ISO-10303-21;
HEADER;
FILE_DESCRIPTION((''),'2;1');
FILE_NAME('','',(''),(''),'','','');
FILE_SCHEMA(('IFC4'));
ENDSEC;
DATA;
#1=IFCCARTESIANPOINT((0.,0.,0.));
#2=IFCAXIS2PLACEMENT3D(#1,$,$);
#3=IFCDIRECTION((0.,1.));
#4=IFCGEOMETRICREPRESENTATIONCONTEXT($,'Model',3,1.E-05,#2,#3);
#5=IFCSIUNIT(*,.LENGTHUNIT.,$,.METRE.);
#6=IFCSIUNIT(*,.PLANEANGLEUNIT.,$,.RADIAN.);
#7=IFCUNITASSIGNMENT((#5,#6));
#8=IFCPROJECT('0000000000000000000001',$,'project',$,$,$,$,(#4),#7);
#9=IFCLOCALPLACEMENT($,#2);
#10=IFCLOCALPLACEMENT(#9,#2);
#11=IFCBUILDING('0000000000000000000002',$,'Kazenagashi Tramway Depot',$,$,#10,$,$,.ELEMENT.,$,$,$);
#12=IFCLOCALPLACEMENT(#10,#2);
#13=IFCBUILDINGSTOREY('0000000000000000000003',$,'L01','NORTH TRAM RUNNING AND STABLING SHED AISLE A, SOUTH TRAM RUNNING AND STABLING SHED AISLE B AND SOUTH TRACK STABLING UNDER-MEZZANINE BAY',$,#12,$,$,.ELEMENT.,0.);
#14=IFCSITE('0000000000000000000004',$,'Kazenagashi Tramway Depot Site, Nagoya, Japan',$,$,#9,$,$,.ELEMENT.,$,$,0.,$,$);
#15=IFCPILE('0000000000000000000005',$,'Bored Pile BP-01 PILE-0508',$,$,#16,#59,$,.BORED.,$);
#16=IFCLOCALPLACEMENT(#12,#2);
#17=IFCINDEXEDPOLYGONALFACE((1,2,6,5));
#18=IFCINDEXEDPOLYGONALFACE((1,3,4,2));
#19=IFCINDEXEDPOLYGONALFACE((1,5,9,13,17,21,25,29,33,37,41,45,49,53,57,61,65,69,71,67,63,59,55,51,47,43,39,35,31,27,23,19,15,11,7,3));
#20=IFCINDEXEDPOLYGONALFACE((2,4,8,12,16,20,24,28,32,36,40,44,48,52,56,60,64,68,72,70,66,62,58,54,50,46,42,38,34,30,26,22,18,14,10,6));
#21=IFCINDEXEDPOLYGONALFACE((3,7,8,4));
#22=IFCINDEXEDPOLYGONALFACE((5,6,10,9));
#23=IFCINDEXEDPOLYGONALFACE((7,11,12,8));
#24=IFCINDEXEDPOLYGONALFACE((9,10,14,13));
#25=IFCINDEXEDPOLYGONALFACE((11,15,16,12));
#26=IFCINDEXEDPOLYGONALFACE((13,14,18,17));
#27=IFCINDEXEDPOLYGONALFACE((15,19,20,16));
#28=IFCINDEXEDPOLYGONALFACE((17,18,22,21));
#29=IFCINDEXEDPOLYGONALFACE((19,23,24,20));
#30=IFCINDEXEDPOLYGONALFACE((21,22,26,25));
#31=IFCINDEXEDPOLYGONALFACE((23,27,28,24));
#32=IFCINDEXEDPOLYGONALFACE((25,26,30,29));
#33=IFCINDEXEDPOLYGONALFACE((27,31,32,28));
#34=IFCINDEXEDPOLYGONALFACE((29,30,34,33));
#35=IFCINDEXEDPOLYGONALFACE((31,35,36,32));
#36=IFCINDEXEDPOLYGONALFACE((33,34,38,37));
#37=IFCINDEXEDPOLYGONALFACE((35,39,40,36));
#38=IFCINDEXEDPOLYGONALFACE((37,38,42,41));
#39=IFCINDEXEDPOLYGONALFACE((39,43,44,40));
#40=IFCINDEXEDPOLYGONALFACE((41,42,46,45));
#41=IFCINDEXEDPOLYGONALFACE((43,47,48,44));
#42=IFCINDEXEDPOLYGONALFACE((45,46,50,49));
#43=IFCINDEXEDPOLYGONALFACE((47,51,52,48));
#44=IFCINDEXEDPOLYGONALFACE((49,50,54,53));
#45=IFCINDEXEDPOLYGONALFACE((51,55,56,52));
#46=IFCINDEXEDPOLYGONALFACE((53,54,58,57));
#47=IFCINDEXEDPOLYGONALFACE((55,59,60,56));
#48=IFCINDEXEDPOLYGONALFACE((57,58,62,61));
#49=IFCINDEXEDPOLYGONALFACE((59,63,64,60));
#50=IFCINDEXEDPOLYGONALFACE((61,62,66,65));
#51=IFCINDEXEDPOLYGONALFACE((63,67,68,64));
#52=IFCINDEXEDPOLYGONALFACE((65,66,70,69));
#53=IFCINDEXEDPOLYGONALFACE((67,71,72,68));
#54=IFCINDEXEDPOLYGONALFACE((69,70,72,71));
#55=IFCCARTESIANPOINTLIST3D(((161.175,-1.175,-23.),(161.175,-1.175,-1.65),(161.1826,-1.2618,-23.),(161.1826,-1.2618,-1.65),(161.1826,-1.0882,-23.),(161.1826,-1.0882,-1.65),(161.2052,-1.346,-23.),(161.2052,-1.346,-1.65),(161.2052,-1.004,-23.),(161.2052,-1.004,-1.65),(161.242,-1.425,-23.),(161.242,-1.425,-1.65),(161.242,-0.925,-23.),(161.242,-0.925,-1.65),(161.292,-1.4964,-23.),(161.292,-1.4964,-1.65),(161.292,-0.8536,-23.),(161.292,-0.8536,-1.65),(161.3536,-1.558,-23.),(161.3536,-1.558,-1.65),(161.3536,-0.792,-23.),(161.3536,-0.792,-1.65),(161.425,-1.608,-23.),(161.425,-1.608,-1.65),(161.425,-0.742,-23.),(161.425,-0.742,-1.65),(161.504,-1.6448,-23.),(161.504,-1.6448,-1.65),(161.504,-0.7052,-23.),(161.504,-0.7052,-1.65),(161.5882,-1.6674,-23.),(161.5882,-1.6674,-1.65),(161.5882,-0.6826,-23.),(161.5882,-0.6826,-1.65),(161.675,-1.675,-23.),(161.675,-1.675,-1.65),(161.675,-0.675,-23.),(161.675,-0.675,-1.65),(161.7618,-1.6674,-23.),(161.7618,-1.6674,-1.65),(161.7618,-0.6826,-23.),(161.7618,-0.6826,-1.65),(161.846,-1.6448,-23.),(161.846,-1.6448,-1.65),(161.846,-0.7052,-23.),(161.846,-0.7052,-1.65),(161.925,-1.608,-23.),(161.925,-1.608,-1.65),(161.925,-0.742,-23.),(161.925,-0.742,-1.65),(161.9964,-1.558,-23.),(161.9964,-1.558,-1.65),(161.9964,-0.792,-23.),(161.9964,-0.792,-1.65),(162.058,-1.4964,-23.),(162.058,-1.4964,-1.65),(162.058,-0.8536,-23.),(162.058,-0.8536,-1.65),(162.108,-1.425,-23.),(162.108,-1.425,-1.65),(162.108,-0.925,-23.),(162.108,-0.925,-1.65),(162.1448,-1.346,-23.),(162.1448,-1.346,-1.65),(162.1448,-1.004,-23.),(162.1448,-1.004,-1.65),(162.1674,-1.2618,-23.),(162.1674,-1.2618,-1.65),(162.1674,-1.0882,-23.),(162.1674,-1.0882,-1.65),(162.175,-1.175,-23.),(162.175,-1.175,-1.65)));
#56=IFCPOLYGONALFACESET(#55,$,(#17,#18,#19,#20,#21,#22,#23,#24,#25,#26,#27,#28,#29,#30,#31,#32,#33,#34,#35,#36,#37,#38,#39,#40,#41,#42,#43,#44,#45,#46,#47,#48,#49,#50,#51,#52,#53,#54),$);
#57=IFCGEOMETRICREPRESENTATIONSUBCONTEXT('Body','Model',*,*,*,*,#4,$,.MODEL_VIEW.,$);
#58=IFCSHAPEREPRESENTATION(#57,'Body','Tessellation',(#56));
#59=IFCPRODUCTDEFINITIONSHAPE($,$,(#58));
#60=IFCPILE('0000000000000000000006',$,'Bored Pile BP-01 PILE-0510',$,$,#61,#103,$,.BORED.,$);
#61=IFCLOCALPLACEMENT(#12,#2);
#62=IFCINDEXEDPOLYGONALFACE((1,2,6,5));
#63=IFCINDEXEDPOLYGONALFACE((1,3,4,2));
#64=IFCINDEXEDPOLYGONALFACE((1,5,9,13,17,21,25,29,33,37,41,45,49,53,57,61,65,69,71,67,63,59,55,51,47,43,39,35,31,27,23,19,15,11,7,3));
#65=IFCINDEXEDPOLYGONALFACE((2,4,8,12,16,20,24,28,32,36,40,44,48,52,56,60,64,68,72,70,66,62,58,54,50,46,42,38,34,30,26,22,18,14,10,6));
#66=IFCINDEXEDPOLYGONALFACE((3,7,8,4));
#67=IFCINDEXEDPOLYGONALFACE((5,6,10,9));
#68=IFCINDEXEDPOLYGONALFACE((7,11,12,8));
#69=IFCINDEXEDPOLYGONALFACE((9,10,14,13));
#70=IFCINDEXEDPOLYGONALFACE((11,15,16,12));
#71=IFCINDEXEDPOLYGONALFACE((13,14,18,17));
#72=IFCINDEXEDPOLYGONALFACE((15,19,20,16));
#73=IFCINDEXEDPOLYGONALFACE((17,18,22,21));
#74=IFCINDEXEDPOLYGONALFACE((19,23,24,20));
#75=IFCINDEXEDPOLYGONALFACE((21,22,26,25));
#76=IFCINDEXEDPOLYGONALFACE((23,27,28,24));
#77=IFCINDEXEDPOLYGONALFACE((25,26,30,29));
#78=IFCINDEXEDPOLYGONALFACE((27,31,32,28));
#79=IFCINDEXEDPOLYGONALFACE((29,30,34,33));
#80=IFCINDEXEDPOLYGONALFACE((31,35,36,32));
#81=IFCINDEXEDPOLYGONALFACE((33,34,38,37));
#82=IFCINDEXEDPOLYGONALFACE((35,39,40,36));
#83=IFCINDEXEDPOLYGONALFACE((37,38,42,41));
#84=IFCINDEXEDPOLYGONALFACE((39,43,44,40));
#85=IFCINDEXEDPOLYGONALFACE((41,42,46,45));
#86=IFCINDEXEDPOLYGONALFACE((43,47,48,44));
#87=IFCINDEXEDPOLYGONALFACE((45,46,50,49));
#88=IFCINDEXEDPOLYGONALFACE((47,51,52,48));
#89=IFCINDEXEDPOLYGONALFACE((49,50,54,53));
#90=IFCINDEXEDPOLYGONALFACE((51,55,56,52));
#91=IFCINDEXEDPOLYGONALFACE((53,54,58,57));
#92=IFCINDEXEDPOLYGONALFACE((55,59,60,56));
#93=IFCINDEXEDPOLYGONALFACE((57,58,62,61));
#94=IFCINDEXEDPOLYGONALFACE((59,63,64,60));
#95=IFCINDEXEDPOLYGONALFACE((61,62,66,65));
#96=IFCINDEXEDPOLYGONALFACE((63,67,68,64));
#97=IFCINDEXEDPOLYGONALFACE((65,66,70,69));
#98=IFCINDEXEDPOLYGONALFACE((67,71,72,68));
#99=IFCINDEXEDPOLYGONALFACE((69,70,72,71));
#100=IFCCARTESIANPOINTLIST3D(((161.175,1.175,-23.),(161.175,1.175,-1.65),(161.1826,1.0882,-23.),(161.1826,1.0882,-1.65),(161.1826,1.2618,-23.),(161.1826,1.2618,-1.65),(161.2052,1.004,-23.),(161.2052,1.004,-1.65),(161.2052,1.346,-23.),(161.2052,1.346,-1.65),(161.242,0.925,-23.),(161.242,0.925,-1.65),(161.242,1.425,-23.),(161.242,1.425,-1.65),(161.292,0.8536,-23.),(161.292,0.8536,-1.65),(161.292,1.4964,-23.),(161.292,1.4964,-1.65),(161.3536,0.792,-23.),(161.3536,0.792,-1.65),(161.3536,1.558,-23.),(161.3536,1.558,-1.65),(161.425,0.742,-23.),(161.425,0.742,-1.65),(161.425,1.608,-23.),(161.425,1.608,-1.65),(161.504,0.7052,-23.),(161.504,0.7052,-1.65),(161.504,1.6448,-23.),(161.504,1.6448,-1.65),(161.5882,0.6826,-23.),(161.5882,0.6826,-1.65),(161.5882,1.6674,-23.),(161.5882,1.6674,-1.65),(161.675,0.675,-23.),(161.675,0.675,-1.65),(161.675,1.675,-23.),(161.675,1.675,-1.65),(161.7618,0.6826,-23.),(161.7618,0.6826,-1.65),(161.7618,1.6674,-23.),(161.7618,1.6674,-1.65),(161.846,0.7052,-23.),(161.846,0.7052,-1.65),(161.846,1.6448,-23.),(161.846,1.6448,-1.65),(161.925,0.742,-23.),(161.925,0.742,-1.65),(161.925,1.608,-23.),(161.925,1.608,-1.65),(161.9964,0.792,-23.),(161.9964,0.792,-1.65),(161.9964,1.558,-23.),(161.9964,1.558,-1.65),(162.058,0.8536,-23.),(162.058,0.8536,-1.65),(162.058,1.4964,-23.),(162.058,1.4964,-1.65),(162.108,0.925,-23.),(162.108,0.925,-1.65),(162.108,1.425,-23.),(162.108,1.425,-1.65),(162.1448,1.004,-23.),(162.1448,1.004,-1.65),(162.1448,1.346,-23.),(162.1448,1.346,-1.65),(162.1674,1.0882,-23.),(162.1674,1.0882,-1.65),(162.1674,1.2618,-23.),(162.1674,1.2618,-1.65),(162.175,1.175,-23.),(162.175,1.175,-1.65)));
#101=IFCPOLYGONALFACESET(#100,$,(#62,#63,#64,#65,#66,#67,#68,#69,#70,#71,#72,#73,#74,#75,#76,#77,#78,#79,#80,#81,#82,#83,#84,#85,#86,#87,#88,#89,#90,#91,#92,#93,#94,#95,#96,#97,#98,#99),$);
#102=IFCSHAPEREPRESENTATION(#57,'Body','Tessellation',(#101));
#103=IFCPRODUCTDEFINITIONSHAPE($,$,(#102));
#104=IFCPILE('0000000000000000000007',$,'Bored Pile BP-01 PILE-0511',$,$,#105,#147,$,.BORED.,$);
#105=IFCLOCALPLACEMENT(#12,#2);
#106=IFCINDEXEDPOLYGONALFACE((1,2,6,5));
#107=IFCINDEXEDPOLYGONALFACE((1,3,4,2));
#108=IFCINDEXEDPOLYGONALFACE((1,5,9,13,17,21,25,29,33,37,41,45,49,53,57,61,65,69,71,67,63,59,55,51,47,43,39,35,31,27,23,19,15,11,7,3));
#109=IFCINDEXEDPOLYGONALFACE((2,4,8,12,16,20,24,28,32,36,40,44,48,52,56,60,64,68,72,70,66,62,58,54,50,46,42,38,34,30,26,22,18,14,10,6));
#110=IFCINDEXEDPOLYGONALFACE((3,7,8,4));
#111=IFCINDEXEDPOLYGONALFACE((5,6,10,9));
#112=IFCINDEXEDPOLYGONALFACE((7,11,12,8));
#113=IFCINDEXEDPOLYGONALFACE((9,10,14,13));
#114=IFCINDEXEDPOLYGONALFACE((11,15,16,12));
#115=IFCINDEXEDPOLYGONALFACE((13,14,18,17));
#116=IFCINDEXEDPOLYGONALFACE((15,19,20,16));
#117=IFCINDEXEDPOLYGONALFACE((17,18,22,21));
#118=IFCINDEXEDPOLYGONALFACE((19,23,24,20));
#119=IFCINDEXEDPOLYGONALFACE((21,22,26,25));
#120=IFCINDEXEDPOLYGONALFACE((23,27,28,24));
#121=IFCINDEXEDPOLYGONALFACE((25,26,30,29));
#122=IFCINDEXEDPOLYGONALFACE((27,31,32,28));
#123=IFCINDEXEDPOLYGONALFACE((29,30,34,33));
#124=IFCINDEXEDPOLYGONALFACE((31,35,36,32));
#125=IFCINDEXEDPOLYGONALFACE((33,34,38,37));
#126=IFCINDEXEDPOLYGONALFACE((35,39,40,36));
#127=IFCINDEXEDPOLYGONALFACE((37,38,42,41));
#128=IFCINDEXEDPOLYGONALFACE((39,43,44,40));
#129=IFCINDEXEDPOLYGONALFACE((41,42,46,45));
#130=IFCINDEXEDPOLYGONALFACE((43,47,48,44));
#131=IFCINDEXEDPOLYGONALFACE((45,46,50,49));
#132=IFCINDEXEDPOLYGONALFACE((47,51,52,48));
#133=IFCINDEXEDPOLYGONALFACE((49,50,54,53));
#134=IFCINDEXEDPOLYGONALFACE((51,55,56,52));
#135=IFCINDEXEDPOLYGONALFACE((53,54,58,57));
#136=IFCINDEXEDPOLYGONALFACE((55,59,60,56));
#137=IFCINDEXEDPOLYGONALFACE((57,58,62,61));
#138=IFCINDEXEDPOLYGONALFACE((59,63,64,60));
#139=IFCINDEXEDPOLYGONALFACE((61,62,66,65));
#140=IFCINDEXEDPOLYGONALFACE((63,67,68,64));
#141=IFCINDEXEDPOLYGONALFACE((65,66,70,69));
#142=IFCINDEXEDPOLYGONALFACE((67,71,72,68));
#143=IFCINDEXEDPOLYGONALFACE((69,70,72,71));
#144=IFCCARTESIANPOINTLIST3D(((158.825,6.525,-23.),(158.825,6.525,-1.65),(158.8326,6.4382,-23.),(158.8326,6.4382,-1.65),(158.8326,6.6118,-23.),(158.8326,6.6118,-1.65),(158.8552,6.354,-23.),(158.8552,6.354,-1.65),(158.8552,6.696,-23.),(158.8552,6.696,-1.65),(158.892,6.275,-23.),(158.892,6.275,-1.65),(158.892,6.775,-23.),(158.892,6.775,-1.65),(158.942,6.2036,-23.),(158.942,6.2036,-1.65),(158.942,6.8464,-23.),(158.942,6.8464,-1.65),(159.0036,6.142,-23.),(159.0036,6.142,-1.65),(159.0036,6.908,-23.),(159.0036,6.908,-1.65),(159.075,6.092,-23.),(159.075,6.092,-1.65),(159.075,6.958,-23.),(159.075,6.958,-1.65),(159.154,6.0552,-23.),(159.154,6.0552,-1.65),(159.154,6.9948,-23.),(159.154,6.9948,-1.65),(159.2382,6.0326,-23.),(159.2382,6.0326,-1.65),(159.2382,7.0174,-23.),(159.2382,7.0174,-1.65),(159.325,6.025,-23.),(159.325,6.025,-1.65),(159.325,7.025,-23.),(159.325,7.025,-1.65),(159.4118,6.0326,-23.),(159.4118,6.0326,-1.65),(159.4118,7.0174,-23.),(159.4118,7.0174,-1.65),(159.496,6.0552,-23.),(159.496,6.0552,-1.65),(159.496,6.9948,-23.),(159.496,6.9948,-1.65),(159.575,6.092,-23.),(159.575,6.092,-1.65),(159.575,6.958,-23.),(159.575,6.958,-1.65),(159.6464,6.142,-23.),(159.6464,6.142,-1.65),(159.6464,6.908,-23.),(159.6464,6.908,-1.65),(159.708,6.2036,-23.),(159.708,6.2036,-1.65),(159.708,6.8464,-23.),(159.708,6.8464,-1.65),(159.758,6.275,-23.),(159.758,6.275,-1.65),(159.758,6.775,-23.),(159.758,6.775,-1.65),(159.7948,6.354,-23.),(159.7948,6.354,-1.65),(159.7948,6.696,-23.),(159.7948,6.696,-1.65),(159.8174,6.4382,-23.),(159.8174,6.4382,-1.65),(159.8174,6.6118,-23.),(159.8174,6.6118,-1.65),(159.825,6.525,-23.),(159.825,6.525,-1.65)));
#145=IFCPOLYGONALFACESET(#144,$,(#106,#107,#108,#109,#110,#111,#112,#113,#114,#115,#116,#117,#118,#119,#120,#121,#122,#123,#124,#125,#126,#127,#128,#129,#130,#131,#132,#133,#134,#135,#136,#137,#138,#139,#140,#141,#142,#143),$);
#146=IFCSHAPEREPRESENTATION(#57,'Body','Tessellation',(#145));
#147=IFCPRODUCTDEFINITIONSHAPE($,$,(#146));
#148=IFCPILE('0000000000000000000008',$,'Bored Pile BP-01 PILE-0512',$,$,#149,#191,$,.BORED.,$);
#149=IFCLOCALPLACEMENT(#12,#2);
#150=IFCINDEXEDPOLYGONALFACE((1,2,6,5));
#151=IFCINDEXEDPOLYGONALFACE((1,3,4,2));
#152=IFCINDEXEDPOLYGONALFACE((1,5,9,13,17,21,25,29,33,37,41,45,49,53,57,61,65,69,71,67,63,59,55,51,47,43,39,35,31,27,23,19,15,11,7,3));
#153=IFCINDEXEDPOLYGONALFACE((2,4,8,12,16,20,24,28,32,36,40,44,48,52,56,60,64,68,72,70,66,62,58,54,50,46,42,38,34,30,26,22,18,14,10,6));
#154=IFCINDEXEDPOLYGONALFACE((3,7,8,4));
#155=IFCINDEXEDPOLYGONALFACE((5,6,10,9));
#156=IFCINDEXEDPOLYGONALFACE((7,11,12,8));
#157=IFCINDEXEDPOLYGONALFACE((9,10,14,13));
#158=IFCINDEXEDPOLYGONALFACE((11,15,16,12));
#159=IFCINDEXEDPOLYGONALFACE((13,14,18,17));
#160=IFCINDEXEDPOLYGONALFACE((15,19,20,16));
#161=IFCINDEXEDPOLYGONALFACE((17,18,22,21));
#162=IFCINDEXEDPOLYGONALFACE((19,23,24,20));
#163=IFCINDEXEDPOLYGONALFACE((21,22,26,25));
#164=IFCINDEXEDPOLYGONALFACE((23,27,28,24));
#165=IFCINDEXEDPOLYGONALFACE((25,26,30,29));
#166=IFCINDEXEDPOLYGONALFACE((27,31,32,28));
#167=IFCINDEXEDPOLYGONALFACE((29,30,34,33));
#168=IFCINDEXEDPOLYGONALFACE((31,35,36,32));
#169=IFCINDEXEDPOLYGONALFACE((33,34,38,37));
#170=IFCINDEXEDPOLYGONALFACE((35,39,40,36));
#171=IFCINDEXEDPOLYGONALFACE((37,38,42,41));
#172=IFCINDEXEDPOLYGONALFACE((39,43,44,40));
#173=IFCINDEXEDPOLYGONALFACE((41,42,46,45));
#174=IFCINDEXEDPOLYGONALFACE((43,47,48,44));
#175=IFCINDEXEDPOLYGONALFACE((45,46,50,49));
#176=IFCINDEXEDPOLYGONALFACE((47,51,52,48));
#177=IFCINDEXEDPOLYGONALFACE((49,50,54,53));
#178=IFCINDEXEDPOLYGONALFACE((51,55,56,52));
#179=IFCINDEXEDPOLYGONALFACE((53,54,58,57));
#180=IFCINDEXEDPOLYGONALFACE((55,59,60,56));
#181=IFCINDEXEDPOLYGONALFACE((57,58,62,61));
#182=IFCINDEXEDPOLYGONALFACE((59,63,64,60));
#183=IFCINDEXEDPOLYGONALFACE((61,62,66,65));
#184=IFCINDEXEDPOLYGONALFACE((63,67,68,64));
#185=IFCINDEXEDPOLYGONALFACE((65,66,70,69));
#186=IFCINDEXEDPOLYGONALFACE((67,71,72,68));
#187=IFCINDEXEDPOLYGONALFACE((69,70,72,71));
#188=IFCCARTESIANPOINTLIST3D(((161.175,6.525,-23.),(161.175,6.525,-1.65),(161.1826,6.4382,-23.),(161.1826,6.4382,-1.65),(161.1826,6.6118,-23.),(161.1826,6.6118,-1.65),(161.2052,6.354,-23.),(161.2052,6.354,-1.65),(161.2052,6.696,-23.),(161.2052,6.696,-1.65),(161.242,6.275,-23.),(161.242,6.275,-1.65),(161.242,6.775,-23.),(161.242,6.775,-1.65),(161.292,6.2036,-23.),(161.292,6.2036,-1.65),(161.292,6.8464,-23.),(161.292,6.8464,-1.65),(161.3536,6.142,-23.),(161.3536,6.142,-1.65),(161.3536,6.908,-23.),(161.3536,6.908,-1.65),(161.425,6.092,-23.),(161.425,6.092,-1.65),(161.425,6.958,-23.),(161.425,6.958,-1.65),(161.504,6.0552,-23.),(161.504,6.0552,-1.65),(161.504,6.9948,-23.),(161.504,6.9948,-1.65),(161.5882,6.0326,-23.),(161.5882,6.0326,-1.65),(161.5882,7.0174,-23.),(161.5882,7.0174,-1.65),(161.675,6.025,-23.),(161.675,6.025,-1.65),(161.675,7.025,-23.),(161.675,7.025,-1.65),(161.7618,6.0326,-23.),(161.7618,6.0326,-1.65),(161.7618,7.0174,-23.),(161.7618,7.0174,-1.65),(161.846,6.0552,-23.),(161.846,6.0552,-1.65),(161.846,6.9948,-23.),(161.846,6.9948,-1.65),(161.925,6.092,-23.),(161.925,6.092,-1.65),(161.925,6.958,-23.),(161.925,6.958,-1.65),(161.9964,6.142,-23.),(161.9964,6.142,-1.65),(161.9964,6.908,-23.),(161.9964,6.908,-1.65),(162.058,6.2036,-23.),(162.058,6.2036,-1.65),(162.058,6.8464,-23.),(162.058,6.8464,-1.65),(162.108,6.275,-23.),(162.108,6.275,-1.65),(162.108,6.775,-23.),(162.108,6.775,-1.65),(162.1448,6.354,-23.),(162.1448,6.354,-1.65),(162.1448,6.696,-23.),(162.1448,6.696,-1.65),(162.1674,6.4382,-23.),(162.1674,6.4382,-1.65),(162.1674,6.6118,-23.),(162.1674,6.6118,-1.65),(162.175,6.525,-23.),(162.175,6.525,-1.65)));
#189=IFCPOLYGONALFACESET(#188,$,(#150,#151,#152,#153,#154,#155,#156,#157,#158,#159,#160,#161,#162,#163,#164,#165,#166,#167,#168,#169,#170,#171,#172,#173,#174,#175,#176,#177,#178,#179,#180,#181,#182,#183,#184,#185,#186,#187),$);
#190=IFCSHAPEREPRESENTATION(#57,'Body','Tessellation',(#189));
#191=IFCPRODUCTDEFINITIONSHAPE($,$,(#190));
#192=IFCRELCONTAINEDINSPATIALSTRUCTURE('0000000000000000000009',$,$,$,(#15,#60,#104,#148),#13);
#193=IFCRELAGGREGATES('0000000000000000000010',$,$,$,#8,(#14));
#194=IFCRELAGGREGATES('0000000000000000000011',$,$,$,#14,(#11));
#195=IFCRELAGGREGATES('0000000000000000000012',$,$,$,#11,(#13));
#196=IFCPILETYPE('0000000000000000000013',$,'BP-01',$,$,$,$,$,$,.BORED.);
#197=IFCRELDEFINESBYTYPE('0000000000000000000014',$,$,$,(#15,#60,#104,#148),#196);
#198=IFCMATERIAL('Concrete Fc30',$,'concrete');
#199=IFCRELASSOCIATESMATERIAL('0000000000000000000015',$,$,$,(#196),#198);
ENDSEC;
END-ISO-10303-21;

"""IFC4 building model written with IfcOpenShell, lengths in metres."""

from ifc_helpers import new_model, si_unit, direction, frame, origin, origin_2d, place, context, subcontext, project, spatial, circle, extrude, material, material_profile, profile_set, type_object, element, save


model = new_model("IFC4")

# Units and contexts
model_context = context("Model", 3, precision=1e-05, world=origin(), true_north=direction((0.0, 1.0)))
body_context = subcontext(model_context, "Body", "Model", "MODEL_VIEW")
ifc_project = project(units=[si_unit("LENGTHUNIT", "METRE"), si_unit("PLANEANGLEUNIT", "RADIAN")], contexts=[model_context])

# Site, building, storey
site_placement = place(None, origin())
site = spatial("IfcSite", under=ifc_project, at=site_placement, Name="Kazenagashi Tramway Depot Site, Nagoya, Japan", CompositionType="ELEMENT", RefElevation=0.0)
building_placement = place(site_placement, origin())
building = spatial("IfcBuilding", under=site, at=building_placement, Name="Kazenagashi Tramway Depot", CompositionType="ELEMENT")
storey_placement = place(building_placement, origin())
storey = spatial("IfcBuildingStorey", under=building, at=storey_placement, Name="L01", Description="NORTH TRAM RUNNING AND STABLING SHED AISLE A, SOUTH TRAM RUNNING AND STABLING SHED AISLE B AND SOUTH TRACK STABLING UNDER-MEZZANINE BAY", CompositionType="ELEMENT", Elevation=0.0)

# Piles
ifc_material_1 = material(Name="Concrete Fc30", Category="concrete")
ifc_material_profile_1 = material_profile(ifc_material_1, circle(Radius=0.5, at=origin_2d()), Name="PILE-1000")
ifc_profile_set_1 = profile_set([ifc_material_profile_1], Name="Concrete Fc30")
pile_type = type_object("IfcPileType", Name="BP-01", PredefinedType="BORED", material=ifc_profile_set_1)
for number, where, z_axis, x_axis, name in (
    (1, (161.675, -1.175, -1.65), (0.0, 0.0, -1.0), (1.0, 0.0, 0.0), "Bored Pile BP-01 PILE-0508"),
    (2, (161.675, 1.175, -1.65), (0.0, 0.0, -1.0), (1.0, 0.0, 0.0), "Bored Pile BP-01 PILE-0510"),
    (3, (159.325, 6.525, -1.65), (0.0, 0.0, -1.0), (1.0, 0.0, 0.0), "Bored Pile BP-01 PILE-0511"),
    (4, (161.675, 6.525, -1.65), (0.0, 0.0, -1.0), (1.0, 0.0, 0.0), "Bored Pile BP-01 PILE-0512"),
):
    element("IfcPile", number, at=place(storey_placement, frame(where, z_axis=z_axis, x_axis=x_axis)), inside=storey, type_object=pile_type, Name=name, PredefinedType="BORED", context=body_context, shape_type="SweptSolid", body=[
        extrude(circle(Radius=0.5, at=origin_2d()), origin(), (0.0, 0.0, 1.0), 21.35),
    ])

save(model, "model.ifc")
